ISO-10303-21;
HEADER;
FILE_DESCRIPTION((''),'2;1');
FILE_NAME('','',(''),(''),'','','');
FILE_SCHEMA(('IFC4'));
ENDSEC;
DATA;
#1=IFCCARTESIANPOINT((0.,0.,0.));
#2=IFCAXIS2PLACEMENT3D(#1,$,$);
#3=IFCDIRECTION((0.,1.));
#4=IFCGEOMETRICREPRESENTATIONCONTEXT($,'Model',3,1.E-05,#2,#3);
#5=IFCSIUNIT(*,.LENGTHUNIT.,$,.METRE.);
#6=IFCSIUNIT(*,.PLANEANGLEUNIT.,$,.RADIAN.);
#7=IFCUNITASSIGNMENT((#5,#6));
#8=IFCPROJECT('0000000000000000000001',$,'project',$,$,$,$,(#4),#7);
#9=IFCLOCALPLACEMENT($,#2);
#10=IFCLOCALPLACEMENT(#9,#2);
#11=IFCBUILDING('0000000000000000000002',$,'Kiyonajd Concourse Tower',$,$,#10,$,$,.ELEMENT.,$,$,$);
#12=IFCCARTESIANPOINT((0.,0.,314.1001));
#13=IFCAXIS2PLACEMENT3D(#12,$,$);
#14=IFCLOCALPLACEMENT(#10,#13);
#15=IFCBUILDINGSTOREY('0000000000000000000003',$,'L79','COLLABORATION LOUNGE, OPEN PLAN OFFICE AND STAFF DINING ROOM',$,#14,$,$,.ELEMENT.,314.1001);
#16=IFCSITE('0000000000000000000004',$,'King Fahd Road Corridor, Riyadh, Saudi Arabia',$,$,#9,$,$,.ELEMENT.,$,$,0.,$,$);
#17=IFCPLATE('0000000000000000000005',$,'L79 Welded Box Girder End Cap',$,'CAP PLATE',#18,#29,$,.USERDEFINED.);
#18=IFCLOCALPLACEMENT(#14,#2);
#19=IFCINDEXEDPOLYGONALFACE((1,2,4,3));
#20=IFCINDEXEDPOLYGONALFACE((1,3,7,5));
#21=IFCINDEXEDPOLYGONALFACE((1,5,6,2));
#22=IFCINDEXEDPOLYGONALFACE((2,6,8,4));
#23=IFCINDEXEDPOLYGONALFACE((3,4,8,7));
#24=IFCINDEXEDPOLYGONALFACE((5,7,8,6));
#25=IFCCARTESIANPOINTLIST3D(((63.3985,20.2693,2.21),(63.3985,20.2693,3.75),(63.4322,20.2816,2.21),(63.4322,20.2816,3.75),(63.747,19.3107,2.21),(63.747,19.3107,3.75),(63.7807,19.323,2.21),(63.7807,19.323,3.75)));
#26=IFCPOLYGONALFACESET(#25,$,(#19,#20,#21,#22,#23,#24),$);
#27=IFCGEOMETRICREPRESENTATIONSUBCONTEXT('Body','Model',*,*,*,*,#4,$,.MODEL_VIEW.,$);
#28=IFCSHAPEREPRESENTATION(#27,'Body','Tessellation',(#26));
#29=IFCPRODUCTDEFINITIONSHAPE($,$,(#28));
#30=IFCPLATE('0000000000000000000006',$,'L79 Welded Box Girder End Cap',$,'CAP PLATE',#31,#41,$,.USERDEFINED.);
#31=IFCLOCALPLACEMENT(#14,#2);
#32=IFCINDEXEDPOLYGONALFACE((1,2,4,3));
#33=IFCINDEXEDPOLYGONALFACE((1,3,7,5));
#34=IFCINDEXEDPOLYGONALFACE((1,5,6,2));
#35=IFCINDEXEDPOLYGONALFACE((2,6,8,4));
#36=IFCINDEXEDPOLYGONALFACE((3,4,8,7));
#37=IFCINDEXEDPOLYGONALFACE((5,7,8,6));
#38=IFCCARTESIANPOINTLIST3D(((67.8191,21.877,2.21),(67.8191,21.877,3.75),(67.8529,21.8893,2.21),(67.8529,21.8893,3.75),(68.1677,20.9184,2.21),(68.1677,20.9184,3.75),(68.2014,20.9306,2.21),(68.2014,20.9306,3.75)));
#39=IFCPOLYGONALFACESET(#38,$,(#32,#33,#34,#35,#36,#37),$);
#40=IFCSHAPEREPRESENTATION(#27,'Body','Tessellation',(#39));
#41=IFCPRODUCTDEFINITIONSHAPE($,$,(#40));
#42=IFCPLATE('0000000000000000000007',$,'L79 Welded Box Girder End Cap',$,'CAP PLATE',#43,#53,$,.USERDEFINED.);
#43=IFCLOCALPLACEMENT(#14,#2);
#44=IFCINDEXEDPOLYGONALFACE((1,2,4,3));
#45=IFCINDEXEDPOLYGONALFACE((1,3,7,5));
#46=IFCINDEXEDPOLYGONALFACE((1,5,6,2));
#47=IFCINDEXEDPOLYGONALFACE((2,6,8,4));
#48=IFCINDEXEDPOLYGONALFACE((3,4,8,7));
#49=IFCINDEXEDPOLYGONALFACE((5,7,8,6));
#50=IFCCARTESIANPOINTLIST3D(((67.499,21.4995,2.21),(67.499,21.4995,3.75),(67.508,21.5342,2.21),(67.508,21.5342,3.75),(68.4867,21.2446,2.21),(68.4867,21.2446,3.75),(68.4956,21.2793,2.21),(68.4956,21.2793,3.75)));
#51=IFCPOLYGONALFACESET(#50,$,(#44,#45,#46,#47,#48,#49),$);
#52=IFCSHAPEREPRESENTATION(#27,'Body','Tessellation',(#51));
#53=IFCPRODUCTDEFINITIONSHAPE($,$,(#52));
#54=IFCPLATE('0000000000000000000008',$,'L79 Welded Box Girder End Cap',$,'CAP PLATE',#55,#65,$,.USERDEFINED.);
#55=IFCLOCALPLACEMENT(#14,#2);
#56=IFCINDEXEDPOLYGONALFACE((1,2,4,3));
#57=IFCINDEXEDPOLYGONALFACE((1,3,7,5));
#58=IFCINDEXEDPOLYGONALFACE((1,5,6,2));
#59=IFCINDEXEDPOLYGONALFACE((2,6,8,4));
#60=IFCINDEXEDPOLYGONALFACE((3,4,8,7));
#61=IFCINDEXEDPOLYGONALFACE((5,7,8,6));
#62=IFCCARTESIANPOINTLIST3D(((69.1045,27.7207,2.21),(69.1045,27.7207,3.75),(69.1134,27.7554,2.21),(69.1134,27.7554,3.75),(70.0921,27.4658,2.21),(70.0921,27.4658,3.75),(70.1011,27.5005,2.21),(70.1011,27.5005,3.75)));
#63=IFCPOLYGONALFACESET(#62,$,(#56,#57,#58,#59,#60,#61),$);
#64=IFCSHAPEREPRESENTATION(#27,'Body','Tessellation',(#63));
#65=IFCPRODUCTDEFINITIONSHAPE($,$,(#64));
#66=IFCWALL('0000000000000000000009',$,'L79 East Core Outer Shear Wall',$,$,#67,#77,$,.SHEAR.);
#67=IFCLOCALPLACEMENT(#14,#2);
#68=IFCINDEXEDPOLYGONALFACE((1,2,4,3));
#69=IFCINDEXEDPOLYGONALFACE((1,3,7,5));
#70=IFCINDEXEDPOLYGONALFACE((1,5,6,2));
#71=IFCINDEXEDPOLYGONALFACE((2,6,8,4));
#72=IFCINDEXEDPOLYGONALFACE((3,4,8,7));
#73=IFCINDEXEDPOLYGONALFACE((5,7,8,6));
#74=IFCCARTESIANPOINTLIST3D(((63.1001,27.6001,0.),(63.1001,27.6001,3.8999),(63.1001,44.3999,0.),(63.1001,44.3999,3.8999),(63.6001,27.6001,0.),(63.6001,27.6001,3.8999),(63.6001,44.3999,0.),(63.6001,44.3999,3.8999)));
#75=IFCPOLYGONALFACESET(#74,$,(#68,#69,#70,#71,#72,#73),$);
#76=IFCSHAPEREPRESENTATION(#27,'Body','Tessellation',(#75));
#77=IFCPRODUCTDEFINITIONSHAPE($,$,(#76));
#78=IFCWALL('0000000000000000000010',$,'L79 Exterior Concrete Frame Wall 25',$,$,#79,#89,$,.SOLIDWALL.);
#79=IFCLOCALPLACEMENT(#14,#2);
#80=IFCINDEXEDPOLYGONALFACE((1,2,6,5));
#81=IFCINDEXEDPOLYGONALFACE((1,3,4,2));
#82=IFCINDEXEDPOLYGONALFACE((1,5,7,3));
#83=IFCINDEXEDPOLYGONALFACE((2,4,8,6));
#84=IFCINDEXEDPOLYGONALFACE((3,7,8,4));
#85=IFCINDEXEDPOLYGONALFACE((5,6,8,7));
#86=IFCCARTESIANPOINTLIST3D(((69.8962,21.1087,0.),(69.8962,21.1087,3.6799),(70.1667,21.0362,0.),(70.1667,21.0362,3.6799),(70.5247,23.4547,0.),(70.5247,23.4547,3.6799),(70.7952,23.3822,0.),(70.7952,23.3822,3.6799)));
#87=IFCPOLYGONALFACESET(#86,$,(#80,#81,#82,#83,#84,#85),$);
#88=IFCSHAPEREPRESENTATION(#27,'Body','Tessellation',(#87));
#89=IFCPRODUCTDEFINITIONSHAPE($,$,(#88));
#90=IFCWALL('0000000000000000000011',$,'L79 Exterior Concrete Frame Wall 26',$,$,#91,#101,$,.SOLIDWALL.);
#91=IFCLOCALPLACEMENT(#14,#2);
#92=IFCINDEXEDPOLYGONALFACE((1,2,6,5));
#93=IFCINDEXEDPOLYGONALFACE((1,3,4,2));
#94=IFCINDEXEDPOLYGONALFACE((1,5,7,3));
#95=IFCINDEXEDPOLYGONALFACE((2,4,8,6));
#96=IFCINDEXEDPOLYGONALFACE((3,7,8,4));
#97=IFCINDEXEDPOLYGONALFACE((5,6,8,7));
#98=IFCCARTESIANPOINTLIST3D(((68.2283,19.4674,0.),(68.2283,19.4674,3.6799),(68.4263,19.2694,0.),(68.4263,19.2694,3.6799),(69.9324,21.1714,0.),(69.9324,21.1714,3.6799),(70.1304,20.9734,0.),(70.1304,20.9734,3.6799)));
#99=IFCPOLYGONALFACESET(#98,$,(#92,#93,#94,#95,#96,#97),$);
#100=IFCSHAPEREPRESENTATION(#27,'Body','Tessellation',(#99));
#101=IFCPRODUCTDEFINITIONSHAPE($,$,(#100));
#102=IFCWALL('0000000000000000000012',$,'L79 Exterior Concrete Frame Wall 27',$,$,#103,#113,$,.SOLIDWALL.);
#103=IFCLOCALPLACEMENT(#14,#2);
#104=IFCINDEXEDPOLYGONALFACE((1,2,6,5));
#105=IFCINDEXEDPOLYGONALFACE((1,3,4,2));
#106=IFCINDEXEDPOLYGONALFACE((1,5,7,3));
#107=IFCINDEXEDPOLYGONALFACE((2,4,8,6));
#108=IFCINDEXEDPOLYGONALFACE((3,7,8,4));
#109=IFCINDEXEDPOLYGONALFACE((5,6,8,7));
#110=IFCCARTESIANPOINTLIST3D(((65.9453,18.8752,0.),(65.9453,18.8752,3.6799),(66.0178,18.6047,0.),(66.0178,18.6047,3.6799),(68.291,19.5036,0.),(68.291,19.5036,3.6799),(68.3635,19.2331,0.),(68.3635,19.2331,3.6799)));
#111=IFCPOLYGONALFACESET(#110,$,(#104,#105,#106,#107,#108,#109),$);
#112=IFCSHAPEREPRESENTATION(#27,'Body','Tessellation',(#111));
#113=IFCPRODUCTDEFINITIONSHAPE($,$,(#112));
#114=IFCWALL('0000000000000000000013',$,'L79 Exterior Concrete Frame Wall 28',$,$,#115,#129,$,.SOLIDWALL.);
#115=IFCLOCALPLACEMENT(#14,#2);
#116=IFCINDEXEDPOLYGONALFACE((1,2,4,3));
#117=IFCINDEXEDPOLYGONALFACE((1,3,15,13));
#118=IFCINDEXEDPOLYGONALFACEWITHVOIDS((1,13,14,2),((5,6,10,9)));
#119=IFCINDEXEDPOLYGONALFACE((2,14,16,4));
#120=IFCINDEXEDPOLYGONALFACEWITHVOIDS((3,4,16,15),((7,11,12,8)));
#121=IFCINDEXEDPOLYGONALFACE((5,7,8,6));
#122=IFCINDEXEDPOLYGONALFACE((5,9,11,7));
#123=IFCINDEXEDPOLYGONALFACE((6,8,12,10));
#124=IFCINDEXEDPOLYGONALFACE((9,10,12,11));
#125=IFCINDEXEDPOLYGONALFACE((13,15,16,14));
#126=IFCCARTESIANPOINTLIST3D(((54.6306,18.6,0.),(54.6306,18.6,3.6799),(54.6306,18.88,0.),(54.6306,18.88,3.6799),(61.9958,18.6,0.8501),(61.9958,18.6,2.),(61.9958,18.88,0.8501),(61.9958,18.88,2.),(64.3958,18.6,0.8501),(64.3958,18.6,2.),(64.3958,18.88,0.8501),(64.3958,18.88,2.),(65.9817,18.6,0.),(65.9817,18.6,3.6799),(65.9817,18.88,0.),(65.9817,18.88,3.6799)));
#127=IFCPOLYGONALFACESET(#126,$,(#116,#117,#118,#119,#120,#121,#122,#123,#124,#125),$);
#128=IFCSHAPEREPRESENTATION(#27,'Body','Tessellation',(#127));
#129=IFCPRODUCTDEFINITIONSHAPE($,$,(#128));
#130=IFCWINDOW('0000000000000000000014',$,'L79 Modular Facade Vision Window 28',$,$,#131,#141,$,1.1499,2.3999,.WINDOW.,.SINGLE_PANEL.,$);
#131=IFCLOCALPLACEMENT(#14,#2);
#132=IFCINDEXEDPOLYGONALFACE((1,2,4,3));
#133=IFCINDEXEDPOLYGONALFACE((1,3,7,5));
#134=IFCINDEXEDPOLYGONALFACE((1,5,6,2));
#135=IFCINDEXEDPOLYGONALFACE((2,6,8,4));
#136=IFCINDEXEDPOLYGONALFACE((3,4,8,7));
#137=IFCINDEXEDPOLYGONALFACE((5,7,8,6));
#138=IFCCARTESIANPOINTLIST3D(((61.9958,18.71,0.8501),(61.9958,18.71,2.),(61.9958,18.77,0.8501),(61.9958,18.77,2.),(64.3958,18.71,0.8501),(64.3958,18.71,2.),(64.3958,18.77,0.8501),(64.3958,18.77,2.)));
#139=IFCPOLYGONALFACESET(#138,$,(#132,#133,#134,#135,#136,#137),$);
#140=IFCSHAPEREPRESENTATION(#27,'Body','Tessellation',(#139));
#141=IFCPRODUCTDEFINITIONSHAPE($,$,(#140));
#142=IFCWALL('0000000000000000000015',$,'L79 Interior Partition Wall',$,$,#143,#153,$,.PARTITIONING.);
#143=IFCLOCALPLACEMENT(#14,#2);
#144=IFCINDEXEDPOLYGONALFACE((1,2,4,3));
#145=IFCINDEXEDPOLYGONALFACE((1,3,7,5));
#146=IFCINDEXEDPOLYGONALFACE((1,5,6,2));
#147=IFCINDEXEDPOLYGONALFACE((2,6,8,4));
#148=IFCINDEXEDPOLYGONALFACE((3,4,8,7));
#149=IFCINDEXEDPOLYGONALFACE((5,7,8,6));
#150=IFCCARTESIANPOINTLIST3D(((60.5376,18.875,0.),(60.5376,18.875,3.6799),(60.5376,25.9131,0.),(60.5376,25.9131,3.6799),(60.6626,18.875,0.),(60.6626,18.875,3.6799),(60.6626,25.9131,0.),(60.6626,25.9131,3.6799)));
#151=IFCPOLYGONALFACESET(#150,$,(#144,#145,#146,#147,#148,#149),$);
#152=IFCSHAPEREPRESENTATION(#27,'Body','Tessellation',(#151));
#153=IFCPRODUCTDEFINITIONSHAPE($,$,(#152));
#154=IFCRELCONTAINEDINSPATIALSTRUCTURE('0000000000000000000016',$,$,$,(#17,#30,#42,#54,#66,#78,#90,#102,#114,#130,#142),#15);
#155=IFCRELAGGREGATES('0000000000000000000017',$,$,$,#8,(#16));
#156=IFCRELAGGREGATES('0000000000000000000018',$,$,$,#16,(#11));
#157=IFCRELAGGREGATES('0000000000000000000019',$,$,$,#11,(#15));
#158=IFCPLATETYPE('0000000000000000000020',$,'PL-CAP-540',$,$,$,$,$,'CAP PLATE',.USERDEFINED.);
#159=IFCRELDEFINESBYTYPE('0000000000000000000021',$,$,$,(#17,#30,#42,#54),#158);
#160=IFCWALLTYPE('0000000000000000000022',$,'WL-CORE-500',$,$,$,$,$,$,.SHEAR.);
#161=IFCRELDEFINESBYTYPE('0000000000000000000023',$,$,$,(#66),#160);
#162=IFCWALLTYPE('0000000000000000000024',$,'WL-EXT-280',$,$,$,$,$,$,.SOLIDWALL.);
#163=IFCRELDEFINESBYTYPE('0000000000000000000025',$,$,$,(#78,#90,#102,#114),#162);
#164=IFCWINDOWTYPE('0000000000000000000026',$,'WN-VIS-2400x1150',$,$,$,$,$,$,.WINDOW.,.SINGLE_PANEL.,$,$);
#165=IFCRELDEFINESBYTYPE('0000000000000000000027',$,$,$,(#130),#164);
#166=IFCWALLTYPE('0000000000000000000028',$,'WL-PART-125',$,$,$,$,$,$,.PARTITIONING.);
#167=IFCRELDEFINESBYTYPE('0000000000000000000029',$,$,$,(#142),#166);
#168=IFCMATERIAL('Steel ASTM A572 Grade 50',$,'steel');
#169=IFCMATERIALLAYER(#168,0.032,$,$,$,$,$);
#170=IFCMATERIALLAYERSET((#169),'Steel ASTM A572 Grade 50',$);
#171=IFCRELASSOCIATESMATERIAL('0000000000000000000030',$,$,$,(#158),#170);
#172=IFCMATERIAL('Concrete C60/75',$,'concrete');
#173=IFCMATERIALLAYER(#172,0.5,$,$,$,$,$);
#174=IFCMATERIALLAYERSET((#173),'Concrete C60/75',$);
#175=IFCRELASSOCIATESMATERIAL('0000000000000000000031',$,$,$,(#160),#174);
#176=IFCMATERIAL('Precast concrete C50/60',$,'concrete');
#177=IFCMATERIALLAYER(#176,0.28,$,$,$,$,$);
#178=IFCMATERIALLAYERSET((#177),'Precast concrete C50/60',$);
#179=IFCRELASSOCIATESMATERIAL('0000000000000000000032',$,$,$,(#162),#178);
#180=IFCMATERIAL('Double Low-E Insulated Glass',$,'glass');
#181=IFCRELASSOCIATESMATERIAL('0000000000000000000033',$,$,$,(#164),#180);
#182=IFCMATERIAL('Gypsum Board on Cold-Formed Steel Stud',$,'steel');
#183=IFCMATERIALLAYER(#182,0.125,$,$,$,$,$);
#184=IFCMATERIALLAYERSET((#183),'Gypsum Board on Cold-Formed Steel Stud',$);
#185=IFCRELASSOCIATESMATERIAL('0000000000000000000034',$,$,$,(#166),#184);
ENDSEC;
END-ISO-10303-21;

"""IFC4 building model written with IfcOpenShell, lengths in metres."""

from ifc_helpers import new_model, si_unit, direction, frame, frame_2d, origin, origin_2d, place, context, subcontext, project, spatial, rectangle, extrude, material, layer, layer_set, type_object, element, fill, save


model = new_model("IFC4")

# Units and contexts
model_context = context("Model", 3, precision=1e-05, world=origin(), true_north=direction((0.0, 1.0)))
body_context = subcontext(model_context, "Body", "Model", "MODEL_VIEW")
ifc_project = project(units=[si_unit("LENGTHUNIT", "METRE"), si_unit("PLANEANGLEUNIT", "RADIAN")], contexts=[model_context])

# Site, building, storey
site_placement = place(None, origin())
site = spatial("IfcSite", under=ifc_project, at=site_placement, Name="King Fahd Road Corridor, Riyadh, Saudi Arabia", CompositionType="ELEMENT", RefElevation=0.0)
building_placement = place(site_placement, origin())
building = spatial("IfcBuilding", under=site, at=building_placement, Name="Kiyonajd Concourse Tower", CompositionType="ELEMENT")
storey_placement = place(building_placement, frame((0.0, 0.0, 314.1001)))
storey = spatial("IfcBuildingStorey", under=building, at=storey_placement, Name="L79", Description="COLLABORATION LOUNGE, OPEN PLAN OFFICE AND STAFF DINING ROOM", CompositionType="ELEMENT", Elevation=314.1001)

# Shared definitions
ifc_material_1 = material(Name="Concrete C60/75", Category="concrete")

# Shared definitions
ifc_material_2 = material(Name="Steel ASTM A572 Grade 50", Category="steel")

# Plates
ifc_layer_1 = layer(ifc_material_2, 0.032)
ifc_layer_set_1 = layer_set([ifc_layer_1], Name="Steel ASTM A572 Grade 50")
plate_type = type_object("IfcPlateType", Name="PL-CAP-540", ElementType="CAP PLATE", PredefinedType="USERDEFINED", material=ifc_layer_set_1)
for number, where, z_axis, x_axis, name in (
    (1, (63.5896, 19.7961, 2.21), (0.0, 0.0, 1.0), (-0.939812, -0.341692, 0.0), "L79 Welded Box Girder End Cap"),
    (2, (68.0103, 21.4038, 2.21), (0.0, 0.0, 1.0), (0.939812, 0.341692, 0.0), "L79 Welded Box Girder End Cap"),
    (3, (67.9973, 21.3894, 2.21), (0.0, 0.0, 1.0), (-0.249873, -0.968279, 0.0), "L79 Welded Box Girder End Cap"),
    (4, (69.6028, 27.6106, 2.21), (0.0, 0.0, 1.0), (0.249873, 0.968279, 0.0), "L79 Welded Box Girder End Cap"),
):
    element("IfcPlate", number, at=place(storey_placement, frame(where, z_axis=z_axis, x_axis=x_axis)), inside=storey, type_object=plate_type, Name=name, ObjectType="CAP PLATE", PredefinedType="USERDEFINED", context=body_context, shape_type="SweptSolid", body=[
        extrude(rectangle(XDim=0.0359, YDim=1.02, at=origin_2d()), origin(), (0.0, 0.0, 1.0), 1.54),
    ])

# Walls
ifc_layer_2 = layer(ifc_material_1, 0.5)
ifc_layer_set_2 = layer_set([ifc_layer_2], Name="Concrete C60/75")
wall_type_1 = type_object("IfcWallType", Name="WL-CORE-500", PredefinedType="SHEAR", material=ifc_layer_set_2)
wall_1_placement = place(storey_placement, frame((63.3501, 27.6001, 0.0), z_axis=(0.0, 0.0, 1.0), x_axis=(0.0, 1.0, 0.0)))
element("IfcWall", 5, at=wall_1_placement, inside=storey, type_object=wall_type_1, Name="L79 East Core Outer Shear Wall", PredefinedType="SHEAR", context=body_context, shape_type="SweptSolid", body=[
    extrude(rectangle(XDim=16.7998, YDim=0.5, at=frame_2d((8.3999, 0.0))), origin(), (0.0, 0.0, 1.0), 3.8999),
])
ifc_material_3 = material(Name="Precast concrete C50/60", Category="concrete")
ifc_layer_3 = layer(ifc_material_3, 0.28)
ifc_layer_set_3 = layer_set([ifc_layer_3], Name="Precast concrete C50/60")
wall_type_2 = type_object("IfcWallType", Name="WL-EXT-280", PredefinedType="SOLIDWALL", material=ifc_layer_set_3)
wall_2_placement = place(storey_placement, frame((70.6599, 23.4185, 0.0), z_axis=(0.0, 0.0, 1.0), x_axis=(-0.258751, -0.965944, 0.0)))
element("IfcWall", 6, at=wall_2_placement, inside=storey, type_object=wall_type_2, Name="L79 Exterior Concrete Frame Wall 25", PredefinedType="SOLIDWALL", context=body_context, shape_type="SweptSolid", body=[
    extrude(rectangle(XDim=2.4287, YDim=0.28, at=frame_2d((1.2144, 0.0))), origin(), (0.0, 0.0, 1.0), 3.6799),
])
wall_3_placement = place(storey_placement, frame((70.0315, 21.0725, 0.0), z_axis=(0.0, 0.0, 1.0), x_axis=(-0.707107, -0.707107, 0.0)))
element("IfcWall", 7, at=wall_3_placement, inside=storey, type_object=wall_type_2, Name="L79 Exterior Concrete Frame Wall 26", PredefinedType="SOLIDWALL", context=body_context, shape_type="SweptSolid", body=[
    extrude(rectangle(XDim=2.4099, YDim=0.28, at=frame_2d((1.2051, 0.0))), origin(), (0.0, 0.0, 1.0), 3.6799),
])
wall_4_placement = place(storey_placement, frame((68.3274, 19.3684, 0.0), z_axis=(0.0, 0.0, 1.0), x_axis=(-0.965937, -0.258776, 0.0)))
element("IfcWall", 8, at=wall_4_placement, inside=storey, type_object=wall_type_2, Name="L79 Exterior Concrete Frame Wall 27", PredefinedType="SOLIDWALL", context=body_context, shape_type="SweptSolid", body=[
    extrude(rectangle(XDim=2.4285, YDim=0.28, at=frame_2d((1.2144, 0.0))), origin(), (0.0, 0.0, 1.0), 3.6799),
])

# Wall, opening, window
wall_5_placement = place(storey_placement, frame((65.9817, 18.74, 0.0), z_axis=(0.0, 0.0, 1.0), x_axis=(-1.0, 0.0, 0.0)))
wall_5 = element("IfcWall", 9, at=wall_5_placement, inside=storey, type_object=wall_type_2, Name="L79 Exterior Concrete Frame Wall 28", PredefinedType="SOLIDWALL", context=body_context, shape_type="SweptSolid", body=[
    extrude(rectangle(XDim=11.3511, YDim=0.28, at=frame_2d((5.6755, 0.0))), origin(), (0.0, 0.0, 1.0), 3.6799),
])
opening_1_placement = place(wall_5_placement, frame((1.5859, 0.0, 0.8501)))
opening_1 = element("IfcOpeningElement", 10, at=opening_1_placement, cuts=wall_5, PredefinedType="OPENING", context=body_context, shape_type="SweptSolid", body=[
    extrude(rectangle(XDim=2.3999, YDim=1.1499, at=frame_2d((1.2, 0.575))), frame((0.0, 0.1499, 0.0), z_axis=(0.0, -1.0, 0.0), x_axis=(1.0, 0.0, 0.0)), (0.0, 0.0, 1.0), 0.3),
])
ifc_material_4 = material(Name="Double Low-E Insulated Glass", Category="glass")
window_type = type_object("IfcWindowType", Name="WN-VIS-2400x1150", PartitioningType="SINGLE_PANEL", PredefinedType="WINDOW", material=ifc_material_4)
window_placement = place(opening_1_placement, origin())
window = element("IfcWindow", 11, at=window_placement, inside=storey, type_object=window_type, Name="L79 Modular Facade Vision Window 28", OverallHeight=1.1499, OverallWidth=2.3999, PartitioningType="SINGLE_PANEL", PredefinedType="WINDOW", context=body_context, shape_type="SweptSolid", body=[
    extrude(rectangle(XDim=2.3999, YDim=1.1499, at=frame_2d((1.2, 0.575))), frame((0.0, 0.03, 0.0), z_axis=(0.0, -1.0, 0.0), x_axis=(1.0, 0.0, 0.0)), (0.0, 0.0, 1.0), 0.0601),
])
fill(opening_1, window)

# Wall
ifc_material_5 = material(Name="Gypsum Board on Cold-Formed Steel Stud", Category="steel")
ifc_layer_4 = layer(ifc_material_5, 0.125)
ifc_layer_set_4 = layer_set([ifc_layer_4], Name="Gypsum Board on Cold-Formed Steel Stud")
wall_type_3 = type_object("IfcWallType", Name="WL-PART-125", PredefinedType="PARTITIONING", material=ifc_layer_set_4)
wall_6_placement = place(storey_placement, frame((60.6001, 18.875, 0.0), z_axis=(0.0, 0.0, 1.0), x_axis=(0.0, 1.0, 0.0)))
element("IfcWall", 12, at=wall_6_placement, inside=storey, type_object=wall_type_3, Name="L79 Interior Partition Wall", PredefinedType="PARTITIONING", context=body_context, shape_type="SweptSolid", body=[
    extrude(rectangle(XDim=7.0381, YDim=0.125, at=frame_2d((3.519, 0.0))), origin(), (0.0, 0.0, 1.0), 3.6799),
])

save(model, "model.ifc")
